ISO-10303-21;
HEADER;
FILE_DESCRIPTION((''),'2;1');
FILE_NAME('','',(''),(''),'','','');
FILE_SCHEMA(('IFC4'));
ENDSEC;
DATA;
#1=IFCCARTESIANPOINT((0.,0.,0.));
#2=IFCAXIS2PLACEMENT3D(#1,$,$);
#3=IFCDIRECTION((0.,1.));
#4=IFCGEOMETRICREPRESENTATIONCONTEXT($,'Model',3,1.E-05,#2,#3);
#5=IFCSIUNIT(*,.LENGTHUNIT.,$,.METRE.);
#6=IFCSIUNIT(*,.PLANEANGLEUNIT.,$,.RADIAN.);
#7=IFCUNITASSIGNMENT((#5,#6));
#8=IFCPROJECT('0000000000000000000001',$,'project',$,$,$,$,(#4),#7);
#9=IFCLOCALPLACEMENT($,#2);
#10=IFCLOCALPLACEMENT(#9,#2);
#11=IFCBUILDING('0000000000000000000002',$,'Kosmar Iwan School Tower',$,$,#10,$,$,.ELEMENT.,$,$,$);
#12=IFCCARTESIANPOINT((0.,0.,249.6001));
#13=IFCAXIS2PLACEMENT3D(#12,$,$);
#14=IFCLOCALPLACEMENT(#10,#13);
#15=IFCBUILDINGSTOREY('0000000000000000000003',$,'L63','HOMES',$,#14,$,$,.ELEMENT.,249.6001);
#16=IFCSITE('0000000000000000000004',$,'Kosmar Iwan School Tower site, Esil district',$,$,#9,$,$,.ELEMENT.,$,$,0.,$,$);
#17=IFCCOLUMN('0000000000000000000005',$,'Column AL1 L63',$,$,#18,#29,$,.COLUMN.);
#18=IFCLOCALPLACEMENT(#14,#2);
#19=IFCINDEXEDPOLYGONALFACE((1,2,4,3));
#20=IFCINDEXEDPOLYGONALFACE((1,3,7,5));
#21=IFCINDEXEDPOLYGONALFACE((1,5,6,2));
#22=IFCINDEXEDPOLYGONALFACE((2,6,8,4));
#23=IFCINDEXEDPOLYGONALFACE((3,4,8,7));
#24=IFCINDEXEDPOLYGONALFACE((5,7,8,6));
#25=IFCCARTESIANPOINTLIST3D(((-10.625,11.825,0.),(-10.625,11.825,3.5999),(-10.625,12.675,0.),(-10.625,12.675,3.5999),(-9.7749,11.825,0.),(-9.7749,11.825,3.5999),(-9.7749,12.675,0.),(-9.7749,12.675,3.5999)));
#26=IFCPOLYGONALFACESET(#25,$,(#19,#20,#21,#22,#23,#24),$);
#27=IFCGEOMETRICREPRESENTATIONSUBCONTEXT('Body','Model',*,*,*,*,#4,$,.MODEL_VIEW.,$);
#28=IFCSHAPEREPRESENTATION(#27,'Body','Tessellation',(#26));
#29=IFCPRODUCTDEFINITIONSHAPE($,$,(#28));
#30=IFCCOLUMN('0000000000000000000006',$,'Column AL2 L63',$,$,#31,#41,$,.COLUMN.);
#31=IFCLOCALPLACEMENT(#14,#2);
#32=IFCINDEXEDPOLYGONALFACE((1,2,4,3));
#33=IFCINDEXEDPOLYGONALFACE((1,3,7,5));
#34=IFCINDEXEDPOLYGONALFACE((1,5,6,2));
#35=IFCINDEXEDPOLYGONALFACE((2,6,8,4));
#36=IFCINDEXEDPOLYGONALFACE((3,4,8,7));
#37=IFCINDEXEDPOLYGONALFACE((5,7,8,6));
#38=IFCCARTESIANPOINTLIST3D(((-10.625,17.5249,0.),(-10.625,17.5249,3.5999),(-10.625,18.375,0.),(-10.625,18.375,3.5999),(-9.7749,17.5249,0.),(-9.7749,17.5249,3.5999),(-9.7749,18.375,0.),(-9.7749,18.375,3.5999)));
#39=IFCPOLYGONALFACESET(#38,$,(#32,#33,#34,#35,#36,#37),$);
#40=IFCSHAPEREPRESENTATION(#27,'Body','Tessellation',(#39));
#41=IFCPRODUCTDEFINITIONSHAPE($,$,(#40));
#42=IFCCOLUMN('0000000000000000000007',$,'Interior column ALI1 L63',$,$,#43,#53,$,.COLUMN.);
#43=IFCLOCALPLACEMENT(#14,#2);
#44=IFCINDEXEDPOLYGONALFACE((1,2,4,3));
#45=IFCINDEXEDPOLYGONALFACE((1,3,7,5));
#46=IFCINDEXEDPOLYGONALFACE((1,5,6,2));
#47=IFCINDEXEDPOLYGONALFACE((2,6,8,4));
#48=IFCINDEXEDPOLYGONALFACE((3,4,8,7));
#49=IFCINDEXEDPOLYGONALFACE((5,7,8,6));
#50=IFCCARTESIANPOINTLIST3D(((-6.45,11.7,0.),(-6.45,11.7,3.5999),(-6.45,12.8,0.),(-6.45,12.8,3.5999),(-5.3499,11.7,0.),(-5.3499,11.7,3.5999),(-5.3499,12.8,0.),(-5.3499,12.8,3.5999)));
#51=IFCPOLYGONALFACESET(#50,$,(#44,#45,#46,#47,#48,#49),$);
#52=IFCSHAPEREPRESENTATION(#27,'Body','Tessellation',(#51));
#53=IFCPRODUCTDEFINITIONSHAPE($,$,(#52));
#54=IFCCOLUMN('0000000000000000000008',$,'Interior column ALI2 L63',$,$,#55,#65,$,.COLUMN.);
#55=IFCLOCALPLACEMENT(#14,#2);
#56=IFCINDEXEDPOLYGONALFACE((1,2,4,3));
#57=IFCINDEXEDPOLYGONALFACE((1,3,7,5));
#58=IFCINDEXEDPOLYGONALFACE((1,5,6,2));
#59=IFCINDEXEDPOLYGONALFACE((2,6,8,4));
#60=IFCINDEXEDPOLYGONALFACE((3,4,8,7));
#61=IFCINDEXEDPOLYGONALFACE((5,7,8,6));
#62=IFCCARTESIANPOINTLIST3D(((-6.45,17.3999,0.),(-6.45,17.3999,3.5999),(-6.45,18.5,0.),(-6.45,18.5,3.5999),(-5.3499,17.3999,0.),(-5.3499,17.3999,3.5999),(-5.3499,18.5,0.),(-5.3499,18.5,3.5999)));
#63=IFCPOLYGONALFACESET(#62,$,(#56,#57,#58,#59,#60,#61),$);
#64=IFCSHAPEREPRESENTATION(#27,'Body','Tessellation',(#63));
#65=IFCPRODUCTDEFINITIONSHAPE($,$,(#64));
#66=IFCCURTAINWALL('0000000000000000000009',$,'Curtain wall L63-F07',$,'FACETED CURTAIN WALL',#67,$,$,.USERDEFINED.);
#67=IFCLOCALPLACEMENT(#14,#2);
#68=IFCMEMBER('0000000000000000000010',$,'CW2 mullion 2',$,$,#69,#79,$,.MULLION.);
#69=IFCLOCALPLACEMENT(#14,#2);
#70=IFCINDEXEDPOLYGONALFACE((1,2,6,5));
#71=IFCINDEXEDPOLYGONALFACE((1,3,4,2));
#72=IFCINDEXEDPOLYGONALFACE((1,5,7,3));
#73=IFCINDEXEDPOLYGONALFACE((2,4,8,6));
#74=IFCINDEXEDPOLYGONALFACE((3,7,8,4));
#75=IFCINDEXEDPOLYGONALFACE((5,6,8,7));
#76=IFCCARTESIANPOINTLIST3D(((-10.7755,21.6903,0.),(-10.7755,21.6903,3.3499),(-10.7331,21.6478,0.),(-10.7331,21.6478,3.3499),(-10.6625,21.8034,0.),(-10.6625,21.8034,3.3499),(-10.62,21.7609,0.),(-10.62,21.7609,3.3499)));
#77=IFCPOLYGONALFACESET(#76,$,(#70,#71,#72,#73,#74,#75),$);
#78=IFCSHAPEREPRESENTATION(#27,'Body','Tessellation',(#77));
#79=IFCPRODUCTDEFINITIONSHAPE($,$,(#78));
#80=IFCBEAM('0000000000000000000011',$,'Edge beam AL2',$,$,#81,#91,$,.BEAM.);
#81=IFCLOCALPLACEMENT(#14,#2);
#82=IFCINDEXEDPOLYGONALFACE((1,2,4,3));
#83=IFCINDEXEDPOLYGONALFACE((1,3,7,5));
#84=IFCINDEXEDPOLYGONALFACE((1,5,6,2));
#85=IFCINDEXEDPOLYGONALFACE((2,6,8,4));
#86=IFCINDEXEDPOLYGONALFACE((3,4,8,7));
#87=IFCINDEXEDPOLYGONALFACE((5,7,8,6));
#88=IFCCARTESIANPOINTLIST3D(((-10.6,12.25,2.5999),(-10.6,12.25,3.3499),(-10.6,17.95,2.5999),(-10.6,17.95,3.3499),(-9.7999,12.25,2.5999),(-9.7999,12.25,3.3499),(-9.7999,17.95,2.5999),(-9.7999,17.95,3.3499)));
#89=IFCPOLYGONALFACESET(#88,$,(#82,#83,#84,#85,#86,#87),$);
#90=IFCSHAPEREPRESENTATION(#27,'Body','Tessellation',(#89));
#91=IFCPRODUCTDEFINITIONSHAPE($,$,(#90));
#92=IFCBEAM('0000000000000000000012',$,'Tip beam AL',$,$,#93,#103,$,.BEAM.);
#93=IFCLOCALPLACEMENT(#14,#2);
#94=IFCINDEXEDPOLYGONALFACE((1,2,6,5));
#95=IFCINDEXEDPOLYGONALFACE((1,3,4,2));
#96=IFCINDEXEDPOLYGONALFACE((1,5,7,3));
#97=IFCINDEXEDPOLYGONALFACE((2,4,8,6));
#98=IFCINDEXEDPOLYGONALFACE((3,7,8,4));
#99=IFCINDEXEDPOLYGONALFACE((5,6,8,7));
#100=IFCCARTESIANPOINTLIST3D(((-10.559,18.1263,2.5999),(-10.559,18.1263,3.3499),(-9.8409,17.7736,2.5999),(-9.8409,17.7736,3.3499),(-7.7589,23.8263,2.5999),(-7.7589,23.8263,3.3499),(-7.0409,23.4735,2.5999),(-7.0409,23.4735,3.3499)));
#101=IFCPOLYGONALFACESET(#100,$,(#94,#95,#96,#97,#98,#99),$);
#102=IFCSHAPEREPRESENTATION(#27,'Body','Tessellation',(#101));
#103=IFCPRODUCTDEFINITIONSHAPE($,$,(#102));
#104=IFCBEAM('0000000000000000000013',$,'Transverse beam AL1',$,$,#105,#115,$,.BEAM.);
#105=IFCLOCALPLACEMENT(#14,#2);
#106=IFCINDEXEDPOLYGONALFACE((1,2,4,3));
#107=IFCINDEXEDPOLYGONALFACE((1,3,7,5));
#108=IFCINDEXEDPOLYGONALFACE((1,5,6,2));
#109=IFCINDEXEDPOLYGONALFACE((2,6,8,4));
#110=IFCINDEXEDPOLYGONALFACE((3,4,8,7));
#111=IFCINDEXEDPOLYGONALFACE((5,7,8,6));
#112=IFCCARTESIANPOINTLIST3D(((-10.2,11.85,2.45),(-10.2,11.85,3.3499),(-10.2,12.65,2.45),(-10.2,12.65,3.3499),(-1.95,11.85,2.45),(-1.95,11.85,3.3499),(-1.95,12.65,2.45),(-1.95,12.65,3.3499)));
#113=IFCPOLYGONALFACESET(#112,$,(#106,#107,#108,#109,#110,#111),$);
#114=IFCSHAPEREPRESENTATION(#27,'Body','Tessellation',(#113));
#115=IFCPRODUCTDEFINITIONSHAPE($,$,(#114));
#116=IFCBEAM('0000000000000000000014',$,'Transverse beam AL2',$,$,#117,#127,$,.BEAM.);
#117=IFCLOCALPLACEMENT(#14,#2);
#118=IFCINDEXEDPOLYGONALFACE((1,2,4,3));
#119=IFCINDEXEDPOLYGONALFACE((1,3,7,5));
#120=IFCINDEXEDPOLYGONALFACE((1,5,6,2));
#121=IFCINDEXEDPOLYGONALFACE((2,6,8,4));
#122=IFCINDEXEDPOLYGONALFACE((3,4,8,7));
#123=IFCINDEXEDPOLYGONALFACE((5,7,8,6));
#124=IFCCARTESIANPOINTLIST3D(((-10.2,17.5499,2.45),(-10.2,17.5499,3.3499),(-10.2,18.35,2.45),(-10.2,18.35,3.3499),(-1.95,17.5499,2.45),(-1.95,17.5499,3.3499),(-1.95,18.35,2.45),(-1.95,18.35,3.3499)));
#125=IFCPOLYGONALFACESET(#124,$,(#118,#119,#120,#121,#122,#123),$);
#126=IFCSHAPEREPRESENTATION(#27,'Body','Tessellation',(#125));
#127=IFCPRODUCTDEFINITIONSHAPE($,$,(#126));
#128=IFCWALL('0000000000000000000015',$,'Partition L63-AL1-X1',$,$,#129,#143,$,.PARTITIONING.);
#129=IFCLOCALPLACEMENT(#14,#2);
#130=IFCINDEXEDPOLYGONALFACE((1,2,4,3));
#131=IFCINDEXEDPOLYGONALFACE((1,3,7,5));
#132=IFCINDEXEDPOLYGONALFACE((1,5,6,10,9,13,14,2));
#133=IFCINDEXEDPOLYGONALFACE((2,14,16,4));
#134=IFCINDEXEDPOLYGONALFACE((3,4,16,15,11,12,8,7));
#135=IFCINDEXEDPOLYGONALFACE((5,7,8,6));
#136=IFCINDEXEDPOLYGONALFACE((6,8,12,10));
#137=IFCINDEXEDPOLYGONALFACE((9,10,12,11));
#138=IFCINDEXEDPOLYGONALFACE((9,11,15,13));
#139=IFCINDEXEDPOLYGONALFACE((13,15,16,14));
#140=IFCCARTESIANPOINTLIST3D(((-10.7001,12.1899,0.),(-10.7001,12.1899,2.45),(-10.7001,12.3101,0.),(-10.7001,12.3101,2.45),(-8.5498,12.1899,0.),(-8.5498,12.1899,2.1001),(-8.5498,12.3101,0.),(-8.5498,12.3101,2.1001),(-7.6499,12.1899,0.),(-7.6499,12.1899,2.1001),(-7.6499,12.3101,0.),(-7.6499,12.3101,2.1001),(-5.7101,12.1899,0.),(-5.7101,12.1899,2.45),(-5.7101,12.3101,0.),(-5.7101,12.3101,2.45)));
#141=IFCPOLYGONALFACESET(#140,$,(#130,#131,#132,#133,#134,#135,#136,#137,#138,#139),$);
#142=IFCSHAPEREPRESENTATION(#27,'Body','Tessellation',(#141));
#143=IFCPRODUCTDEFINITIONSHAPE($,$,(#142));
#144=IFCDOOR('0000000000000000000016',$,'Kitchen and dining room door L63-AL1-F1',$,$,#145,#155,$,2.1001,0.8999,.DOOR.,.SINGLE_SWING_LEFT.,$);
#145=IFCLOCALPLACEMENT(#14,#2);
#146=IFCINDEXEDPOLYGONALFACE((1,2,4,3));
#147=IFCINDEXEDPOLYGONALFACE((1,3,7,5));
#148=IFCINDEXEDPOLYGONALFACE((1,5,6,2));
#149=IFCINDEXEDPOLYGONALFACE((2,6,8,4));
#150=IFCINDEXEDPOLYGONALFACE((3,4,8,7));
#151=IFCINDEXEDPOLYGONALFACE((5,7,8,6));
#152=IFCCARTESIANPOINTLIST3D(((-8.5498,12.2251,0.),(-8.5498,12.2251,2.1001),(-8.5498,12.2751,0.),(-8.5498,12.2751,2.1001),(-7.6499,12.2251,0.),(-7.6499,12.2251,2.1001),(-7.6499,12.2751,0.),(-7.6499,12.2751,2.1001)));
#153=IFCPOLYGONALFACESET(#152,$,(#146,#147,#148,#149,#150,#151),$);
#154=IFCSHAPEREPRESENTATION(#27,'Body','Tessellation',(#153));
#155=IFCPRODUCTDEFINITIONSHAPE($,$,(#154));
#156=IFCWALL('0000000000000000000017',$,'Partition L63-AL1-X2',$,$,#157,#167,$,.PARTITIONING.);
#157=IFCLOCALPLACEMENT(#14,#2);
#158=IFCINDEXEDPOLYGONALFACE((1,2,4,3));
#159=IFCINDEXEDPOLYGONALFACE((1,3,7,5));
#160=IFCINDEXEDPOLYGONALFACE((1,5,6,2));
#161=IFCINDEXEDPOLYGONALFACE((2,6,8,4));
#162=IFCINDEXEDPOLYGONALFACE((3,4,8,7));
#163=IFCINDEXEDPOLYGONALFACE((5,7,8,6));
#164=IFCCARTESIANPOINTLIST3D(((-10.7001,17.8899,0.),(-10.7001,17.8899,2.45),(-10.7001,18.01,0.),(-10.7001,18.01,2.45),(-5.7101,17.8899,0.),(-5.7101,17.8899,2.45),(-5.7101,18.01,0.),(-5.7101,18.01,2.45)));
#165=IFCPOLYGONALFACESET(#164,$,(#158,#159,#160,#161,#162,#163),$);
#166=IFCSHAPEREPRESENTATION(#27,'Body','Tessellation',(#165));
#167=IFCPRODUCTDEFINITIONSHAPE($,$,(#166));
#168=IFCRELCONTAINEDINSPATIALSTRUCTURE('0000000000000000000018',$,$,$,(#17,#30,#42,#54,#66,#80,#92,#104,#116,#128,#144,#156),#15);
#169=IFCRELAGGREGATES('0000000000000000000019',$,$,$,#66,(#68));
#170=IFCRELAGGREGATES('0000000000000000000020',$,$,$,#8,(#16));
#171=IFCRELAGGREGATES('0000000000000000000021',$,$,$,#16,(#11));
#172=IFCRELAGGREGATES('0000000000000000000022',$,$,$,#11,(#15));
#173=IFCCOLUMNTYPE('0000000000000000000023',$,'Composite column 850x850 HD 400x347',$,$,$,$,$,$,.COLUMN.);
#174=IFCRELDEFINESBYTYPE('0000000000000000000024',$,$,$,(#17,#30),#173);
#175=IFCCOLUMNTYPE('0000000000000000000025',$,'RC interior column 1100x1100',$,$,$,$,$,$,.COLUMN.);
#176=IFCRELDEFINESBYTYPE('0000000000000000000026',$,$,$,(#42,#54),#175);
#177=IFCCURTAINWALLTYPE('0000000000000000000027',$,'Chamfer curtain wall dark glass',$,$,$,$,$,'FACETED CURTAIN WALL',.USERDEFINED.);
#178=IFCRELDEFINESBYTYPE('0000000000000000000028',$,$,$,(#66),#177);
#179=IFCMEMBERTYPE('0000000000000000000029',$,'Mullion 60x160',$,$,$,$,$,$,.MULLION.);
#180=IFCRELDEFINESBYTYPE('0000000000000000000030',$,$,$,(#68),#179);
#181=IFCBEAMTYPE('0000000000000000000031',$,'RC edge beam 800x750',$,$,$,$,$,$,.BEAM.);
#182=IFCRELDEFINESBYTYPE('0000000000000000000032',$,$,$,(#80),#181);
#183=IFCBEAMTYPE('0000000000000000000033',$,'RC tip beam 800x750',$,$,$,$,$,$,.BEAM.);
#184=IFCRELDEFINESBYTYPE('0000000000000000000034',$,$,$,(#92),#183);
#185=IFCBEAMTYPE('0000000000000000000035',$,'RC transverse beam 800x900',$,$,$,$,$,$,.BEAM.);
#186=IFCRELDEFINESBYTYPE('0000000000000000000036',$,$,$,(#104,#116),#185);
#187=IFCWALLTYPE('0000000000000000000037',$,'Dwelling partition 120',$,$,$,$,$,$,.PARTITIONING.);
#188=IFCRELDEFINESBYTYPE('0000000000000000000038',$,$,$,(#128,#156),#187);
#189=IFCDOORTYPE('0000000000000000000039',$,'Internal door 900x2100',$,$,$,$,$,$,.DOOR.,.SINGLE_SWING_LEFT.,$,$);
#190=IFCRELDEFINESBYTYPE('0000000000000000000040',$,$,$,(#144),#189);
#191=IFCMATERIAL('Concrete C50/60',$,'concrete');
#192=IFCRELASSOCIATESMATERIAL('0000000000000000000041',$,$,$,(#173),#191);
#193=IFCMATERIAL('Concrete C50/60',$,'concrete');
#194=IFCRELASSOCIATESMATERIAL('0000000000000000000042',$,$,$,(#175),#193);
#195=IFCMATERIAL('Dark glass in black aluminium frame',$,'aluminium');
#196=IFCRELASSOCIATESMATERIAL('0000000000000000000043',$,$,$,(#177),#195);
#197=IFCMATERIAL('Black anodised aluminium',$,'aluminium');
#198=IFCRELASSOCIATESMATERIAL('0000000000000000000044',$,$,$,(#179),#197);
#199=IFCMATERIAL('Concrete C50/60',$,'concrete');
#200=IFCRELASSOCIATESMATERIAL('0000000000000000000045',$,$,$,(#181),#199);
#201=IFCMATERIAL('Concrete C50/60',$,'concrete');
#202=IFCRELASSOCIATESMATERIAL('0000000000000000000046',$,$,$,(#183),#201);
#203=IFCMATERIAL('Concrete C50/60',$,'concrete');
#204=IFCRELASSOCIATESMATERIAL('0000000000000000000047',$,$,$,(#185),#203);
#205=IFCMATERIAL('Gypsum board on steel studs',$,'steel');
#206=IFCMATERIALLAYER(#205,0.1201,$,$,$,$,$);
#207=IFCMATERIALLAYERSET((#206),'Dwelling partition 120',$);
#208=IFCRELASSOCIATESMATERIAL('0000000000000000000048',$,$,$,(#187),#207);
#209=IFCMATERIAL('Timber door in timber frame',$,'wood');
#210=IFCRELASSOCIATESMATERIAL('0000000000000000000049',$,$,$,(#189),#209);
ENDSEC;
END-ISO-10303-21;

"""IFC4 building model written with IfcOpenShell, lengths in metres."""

from ifc_helpers import new_model, si_unit, direction, frame, frame_2d, origin, origin_2d, place, context, subcontext, project, spatial, rectangle, extrude, material, layer, layer_set, material_profile, profile_set, type_object, element, fill, aggregate, save


model = new_model("IFC4")

# Units and contexts
model_context = context("Model", 3, precision=1e-05, world=origin(), true_north=direction((0.0, 1.0)))
body_context = subcontext(model_context, "Body", "Model", "MODEL_VIEW")
ifc_project = project(units=[si_unit("LENGTHUNIT", "METRE"), si_unit("PLANEANGLEUNIT", "RADIAN")], contexts=[model_context])

# Site, building, storey
site_placement = place(None, origin())
site = spatial("IfcSite", under=ifc_project, at=site_placement, Name="Kosmar Iwan School Tower site, Esil district", CompositionType="ELEMENT", RefElevation=0.0)
building_placement = place(site_placement, origin())
building = spatial("IfcBuilding", under=site, at=building_placement, Name="Kosmar Iwan School Tower", CompositionType="ELEMENT")
storey_placement = place(building_placement, frame((0.0, 0.0, 249.6001)))
storey = spatial("IfcBuildingStorey", under=building, at=storey_placement, Name="L63", Description="HOMES", CompositionType="ELEMENT", Elevation=249.6001)

# Columns
ifc_material_1 = material(Name="Concrete C50/60", Category="concrete")
ifc_material_profile_1 = material_profile(ifc_material_1, rectangle(XDim=0.8501, YDim=0.8501, at=origin_2d()), Name="RC 850x850 + HD 400x347")
ifc_profile_set_1 = profile_set([ifc_material_profile_1], Name="Concrete C50/60")
column_type_1 = type_object("IfcColumnType", Name="Composite column 850x850 HD 400x347", PredefinedType="COLUMN", material=ifc_profile_set_1)
for number, where, z_axis, x_axis, name in (
    (1, (-10.2, 12.25, 0.0), (0.0, 0.0, 1.0), (0.0, 1.0, 0.0), "Column AL1 L63"),
    (2, (-10.2, 17.95, 0.0), (0.0, 0.0, 1.0), (0.0, 1.0, 0.0), "Column AL2 L63"),
):
    element("IfcColumn", number, at=place(storey_placement, frame(where, z_axis=z_axis, x_axis=x_axis)), inside=storey, type_object=column_type_1, Name=name, PredefinedType="COLUMN", context=body_context, shape_type="SweptSolid", body=[
        extrude(rectangle(XDim=0.8501, YDim=0.8501, at=origin_2d()), origin(), (0.0, 0.0, 1.0), 3.5999),
    ])
ifc_material_2 = material(Name="Concrete C50/60", Category="concrete")
ifc_material_profile_2 = material_profile(ifc_material_2, rectangle(XDim=1.1001, YDim=1.1001, at=origin_2d()), Name="RC 1100x1100")
ifc_profile_set_2 = profile_set([ifc_material_profile_2], Name="Concrete C50/60")
column_type_2 = type_object("IfcColumnType", Name="RC interior column 1100x1100", PredefinedType="COLUMN", material=ifc_profile_set_2)
for number, where, z_axis, x_axis, name in (
    (3, (-5.8999, 12.25, 0.0), (0.0, 0.0, 1.0), (0.0, 1.0, 0.0), "Interior column ALI1 L63"),
    (4, (-5.8999, 17.95, 0.0), (0.0, 0.0, 1.0), (0.0, 1.0, 0.0), "Interior column ALI2 L63"),
):
    element("IfcColumn", number, at=place(storey_placement, frame(where, z_axis=z_axis, x_axis=x_axis)), inside=storey, type_object=column_type_2, Name=name, PredefinedType="COLUMN", context=body_context, shape_type="SweptSolid", body=[
        extrude(rectangle(XDim=1.1001, YDim=1.1001, at=origin_2d()), origin(), (0.0, 0.0, 1.0), 3.5999),
    ])

# Curtain wall, member
ifc_material_3 = material(Name="Dark glass in black aluminium frame", Category="aluminium")
curtain_wall_type = type_object("IfcCurtainWallType", Name="Chamfer curtain wall dark glass", ElementType="FACETED CURTAIN WALL", PredefinedType="USERDEFINED", material=ifc_material_3)
curtain_wall_placement = place(storey_placement, origin())
curtain_wall = element("IfcCurtainWall", 5, at=curtain_wall_placement, inside=storey, type_object=curtain_wall_type, Name="Curtain wall L63-F07", ObjectType="FACETED CURTAIN WALL", PredefinedType="USERDEFINED")
ifc_material_4 = material(Name="Black anodised aluminium", Category="aluminium")
ifc_material_profile_3 = material_profile(ifc_material_4, rectangle(XDim=0.0601, YDim=0.1599, at=origin_2d()), Name="MULLION 60x160")
ifc_profile_set_3 = profile_set([ifc_material_profile_3], Name="Black anodised aluminium")
member_type = type_object("IfcMemberType", Name="Mullion 60x160", PredefinedType="MULLION", material=ifc_profile_set_3)
member_placement = place(storey_placement, frame((-10.6978, 21.7256, 0.0), z_axis=(0.0, 0.0, 1.0), x_axis=(0.707107, -0.707107, 0.0)))
member = element("IfcMember", 6, at=member_placement, type_object=member_type, Name="CW2 mullion 2", PredefinedType="MULLION", context=body_context, shape_type="SweptSolid", body=[
    extrude(rectangle(XDim=0.0601, YDim=0.1599, at=origin_2d()), origin(), (0.0, 0.0, 1.0), 3.3499),
])
aggregate(curtain_wall, [member])

# Beams
ifc_material_5 = material(Name="Concrete C50/60", Category="concrete")
ifc_material_profile_4 = material_profile(ifc_material_5, rectangle(XDim=0.8, YDim=0.75, at=origin_2d()), Name="RC 800x750")
ifc_profile_set_4 = profile_set([ifc_material_profile_4], Name="Concrete C50/60")
beam_type_1 = type_object("IfcBeamType", Name="RC edge beam 800x750", PredefinedType="BEAM", material=ifc_profile_set_4)
beam_1_placement = place(storey_placement, frame((-10.2, 12.25, 2.9749), z_axis=(0.0, 1.0, 0.0), x_axis=(-1.0, 0.0, 0.0)))
element("IfcBeam", 7, at=beam_1_placement, inside=storey, type_object=beam_type_1, Name="Edge beam AL2", PredefinedType="BEAM", context=body_context, shape_type="SweptSolid", body=[
    extrude(rectangle(XDim=0.8, YDim=0.75, at=origin_2d()), origin(), (0.0, 0.0, 1.0), 5.7),
])
ifc_material_6 = material(Name="Concrete C50/60", Category="concrete")
ifc_material_profile_5 = material_profile(ifc_material_6, rectangle(XDim=0.8, YDim=0.75, at=origin_2d()), Name="RC 800x750")
ifc_profile_set_5 = profile_set([ifc_material_profile_5], Name="Concrete C50/60")
beam_type_2 = type_object("IfcBeamType", Name="RC tip beam 800x750", PredefinedType="BEAM", material=ifc_profile_set_5)
beam_2_placement = place(storey_placement, frame((-10.2, 17.95, 2.9749), z_axis=(0.440913, 0.89755, 0.0), x_axis=(-0.89755, 0.440913, 0.0)))
element("IfcBeam", 8, at=beam_2_placement, inside=storey, type_object=beam_type_2, Name="Tip beam AL", PredefinedType="BEAM", context=body_context, shape_type="SweptSolid", body=[
    extrude(rectangle(XDim=0.8, YDim=0.75, at=origin_2d()), origin(), (0.0, 0.0, 1.0), 6.3506),
])
ifc_material_7 = material(Name="Concrete C50/60", Category="concrete")
ifc_material_profile_6 = material_profile(ifc_material_7, rectangle(XDim=0.8, YDim=0.8999, at=origin_2d()), Name="RC 800x900")
ifc_profile_set_6 = profile_set([ifc_material_profile_6], Name="Concrete C50/60")
beam_type_3 = type_object("IfcBeamType", Name="RC transverse beam 800x900", PredefinedType="BEAM", material=ifc_profile_set_6)
for number, where, z_axis, x_axis, name in (
    (9, (-10.2, 12.25, 2.8999), (1.0, 0.0, 0.0), (0.0, 1.0, 0.0), "Transverse beam AL1"),
    (10, (-10.2, 17.95, 2.8999), (1.0, 0.0, 0.0), (0.0, 1.0, 0.0), "Transverse beam AL2"),
):
    element("IfcBeam", number, at=place(storey_placement, frame(where, z_axis=z_axis, x_axis=x_axis)), inside=storey, type_object=beam_type_3, Name=name, PredefinedType="BEAM", context=body_context, shape_type="SweptSolid", body=[
        extrude(rectangle(XDim=0.8, YDim=0.8999, at=origin_2d()), origin(), (0.0, 0.0, 1.0), 8.25),
    ])

# Wall, opening, door
ifc_material_8 = material(Name="Gypsum board on steel studs", Category="steel")
ifc_layer = layer(ifc_material_8, 0.1201)
ifc_layer_set = layer_set([ifc_layer], Name="Dwelling partition 120")
wall_type = type_object("IfcWallType", Name="Dwelling partition 120", PredefinedType="PARTITIONING", material=ifc_layer_set)
wall_1_placement = place(storey_placement, frame((-5.71, 12.25, 0.0), z_axis=(0.0, 0.0, 1.0), x_axis=(-1.0, 0.0, 0.0)))
wall_1 = element("IfcWall", 11, at=wall_1_placement, inside=storey, type_object=wall_type, Name="Partition L63-AL1-X1", PredefinedType="PARTITIONING", context=body_context, shape_type="SweptSolid", body=[
    extrude(rectangle(XDim=4.99, YDim=0.1201, at=frame_2d((2.4951, 0.0))), origin(), (0.0, 0.0, 1.0), 2.45),
])
opening_placement = place(wall_1_placement, frame((1.9399, 0.0, 0.0)))
opening = element("IfcOpeningElement", 12, at=opening_placement, cuts=wall_1, PredefinedType="OPENING", context=body_context, shape_type="SweptSolid", body=[
    extrude(rectangle(XDim=0.8999, YDim=2.1001, at=frame_2d((0.45, 1.05))), frame((0.0, 0.072, 0.0), z_axis=(0.0, -1.0, 0.0), x_axis=(1.0, 0.0, 0.0)), (0.0, 0.0, 1.0), 0.144),
])
ifc_material_9 = material(Name="Timber door in timber frame", Category="wood")
door_type = type_object("IfcDoorType", Name="Internal door 900x2100", OperationType="SINGLE_SWING_LEFT", PredefinedType="DOOR", material=ifc_material_9)
door_placement = place(opening_placement, origin())
door = element("IfcDoor", 13, at=door_placement, inside=storey, type_object=door_type, Name="Kitchen and dining room door L63-AL1-F1", OperationType="SINGLE_SWING_LEFT", OverallHeight=2.1001, OverallWidth=0.8999, PredefinedType="DOOR", context=body_context, shape_type="SweptSolid", body=[
    extrude(rectangle(XDim=0.8999, YDim=2.1001, at=frame_2d((0.45, 1.05))), frame((0.0, 0.0249, 0.0), z_axis=(0.0, -1.0, 0.0), x_axis=(1.0, 0.0, 0.0)), (0.0, 0.0, 1.0), 0.05),
])
fill(opening, door)

# Wall
wall_2_placement = place(storey_placement, frame((-5.71, 17.95, 0.0), z_axis=(0.0, 0.0, 1.0), x_axis=(-1.0, 0.0, 0.0)))
element("IfcWall", 14, at=wall_2_placement, inside=storey, type_object=wall_type, Name="Partition L63-AL1-X2", PredefinedType="PARTITIONING", context=body_context, shape_type="SweptSolid", body=[
    extrude(rectangle(XDim=4.99, YDim=0.1201, at=frame_2d((2.4951, 0.0))), origin(), (0.0, 0.0, 1.0), 2.45),
])

save(model, "model.ifc")
